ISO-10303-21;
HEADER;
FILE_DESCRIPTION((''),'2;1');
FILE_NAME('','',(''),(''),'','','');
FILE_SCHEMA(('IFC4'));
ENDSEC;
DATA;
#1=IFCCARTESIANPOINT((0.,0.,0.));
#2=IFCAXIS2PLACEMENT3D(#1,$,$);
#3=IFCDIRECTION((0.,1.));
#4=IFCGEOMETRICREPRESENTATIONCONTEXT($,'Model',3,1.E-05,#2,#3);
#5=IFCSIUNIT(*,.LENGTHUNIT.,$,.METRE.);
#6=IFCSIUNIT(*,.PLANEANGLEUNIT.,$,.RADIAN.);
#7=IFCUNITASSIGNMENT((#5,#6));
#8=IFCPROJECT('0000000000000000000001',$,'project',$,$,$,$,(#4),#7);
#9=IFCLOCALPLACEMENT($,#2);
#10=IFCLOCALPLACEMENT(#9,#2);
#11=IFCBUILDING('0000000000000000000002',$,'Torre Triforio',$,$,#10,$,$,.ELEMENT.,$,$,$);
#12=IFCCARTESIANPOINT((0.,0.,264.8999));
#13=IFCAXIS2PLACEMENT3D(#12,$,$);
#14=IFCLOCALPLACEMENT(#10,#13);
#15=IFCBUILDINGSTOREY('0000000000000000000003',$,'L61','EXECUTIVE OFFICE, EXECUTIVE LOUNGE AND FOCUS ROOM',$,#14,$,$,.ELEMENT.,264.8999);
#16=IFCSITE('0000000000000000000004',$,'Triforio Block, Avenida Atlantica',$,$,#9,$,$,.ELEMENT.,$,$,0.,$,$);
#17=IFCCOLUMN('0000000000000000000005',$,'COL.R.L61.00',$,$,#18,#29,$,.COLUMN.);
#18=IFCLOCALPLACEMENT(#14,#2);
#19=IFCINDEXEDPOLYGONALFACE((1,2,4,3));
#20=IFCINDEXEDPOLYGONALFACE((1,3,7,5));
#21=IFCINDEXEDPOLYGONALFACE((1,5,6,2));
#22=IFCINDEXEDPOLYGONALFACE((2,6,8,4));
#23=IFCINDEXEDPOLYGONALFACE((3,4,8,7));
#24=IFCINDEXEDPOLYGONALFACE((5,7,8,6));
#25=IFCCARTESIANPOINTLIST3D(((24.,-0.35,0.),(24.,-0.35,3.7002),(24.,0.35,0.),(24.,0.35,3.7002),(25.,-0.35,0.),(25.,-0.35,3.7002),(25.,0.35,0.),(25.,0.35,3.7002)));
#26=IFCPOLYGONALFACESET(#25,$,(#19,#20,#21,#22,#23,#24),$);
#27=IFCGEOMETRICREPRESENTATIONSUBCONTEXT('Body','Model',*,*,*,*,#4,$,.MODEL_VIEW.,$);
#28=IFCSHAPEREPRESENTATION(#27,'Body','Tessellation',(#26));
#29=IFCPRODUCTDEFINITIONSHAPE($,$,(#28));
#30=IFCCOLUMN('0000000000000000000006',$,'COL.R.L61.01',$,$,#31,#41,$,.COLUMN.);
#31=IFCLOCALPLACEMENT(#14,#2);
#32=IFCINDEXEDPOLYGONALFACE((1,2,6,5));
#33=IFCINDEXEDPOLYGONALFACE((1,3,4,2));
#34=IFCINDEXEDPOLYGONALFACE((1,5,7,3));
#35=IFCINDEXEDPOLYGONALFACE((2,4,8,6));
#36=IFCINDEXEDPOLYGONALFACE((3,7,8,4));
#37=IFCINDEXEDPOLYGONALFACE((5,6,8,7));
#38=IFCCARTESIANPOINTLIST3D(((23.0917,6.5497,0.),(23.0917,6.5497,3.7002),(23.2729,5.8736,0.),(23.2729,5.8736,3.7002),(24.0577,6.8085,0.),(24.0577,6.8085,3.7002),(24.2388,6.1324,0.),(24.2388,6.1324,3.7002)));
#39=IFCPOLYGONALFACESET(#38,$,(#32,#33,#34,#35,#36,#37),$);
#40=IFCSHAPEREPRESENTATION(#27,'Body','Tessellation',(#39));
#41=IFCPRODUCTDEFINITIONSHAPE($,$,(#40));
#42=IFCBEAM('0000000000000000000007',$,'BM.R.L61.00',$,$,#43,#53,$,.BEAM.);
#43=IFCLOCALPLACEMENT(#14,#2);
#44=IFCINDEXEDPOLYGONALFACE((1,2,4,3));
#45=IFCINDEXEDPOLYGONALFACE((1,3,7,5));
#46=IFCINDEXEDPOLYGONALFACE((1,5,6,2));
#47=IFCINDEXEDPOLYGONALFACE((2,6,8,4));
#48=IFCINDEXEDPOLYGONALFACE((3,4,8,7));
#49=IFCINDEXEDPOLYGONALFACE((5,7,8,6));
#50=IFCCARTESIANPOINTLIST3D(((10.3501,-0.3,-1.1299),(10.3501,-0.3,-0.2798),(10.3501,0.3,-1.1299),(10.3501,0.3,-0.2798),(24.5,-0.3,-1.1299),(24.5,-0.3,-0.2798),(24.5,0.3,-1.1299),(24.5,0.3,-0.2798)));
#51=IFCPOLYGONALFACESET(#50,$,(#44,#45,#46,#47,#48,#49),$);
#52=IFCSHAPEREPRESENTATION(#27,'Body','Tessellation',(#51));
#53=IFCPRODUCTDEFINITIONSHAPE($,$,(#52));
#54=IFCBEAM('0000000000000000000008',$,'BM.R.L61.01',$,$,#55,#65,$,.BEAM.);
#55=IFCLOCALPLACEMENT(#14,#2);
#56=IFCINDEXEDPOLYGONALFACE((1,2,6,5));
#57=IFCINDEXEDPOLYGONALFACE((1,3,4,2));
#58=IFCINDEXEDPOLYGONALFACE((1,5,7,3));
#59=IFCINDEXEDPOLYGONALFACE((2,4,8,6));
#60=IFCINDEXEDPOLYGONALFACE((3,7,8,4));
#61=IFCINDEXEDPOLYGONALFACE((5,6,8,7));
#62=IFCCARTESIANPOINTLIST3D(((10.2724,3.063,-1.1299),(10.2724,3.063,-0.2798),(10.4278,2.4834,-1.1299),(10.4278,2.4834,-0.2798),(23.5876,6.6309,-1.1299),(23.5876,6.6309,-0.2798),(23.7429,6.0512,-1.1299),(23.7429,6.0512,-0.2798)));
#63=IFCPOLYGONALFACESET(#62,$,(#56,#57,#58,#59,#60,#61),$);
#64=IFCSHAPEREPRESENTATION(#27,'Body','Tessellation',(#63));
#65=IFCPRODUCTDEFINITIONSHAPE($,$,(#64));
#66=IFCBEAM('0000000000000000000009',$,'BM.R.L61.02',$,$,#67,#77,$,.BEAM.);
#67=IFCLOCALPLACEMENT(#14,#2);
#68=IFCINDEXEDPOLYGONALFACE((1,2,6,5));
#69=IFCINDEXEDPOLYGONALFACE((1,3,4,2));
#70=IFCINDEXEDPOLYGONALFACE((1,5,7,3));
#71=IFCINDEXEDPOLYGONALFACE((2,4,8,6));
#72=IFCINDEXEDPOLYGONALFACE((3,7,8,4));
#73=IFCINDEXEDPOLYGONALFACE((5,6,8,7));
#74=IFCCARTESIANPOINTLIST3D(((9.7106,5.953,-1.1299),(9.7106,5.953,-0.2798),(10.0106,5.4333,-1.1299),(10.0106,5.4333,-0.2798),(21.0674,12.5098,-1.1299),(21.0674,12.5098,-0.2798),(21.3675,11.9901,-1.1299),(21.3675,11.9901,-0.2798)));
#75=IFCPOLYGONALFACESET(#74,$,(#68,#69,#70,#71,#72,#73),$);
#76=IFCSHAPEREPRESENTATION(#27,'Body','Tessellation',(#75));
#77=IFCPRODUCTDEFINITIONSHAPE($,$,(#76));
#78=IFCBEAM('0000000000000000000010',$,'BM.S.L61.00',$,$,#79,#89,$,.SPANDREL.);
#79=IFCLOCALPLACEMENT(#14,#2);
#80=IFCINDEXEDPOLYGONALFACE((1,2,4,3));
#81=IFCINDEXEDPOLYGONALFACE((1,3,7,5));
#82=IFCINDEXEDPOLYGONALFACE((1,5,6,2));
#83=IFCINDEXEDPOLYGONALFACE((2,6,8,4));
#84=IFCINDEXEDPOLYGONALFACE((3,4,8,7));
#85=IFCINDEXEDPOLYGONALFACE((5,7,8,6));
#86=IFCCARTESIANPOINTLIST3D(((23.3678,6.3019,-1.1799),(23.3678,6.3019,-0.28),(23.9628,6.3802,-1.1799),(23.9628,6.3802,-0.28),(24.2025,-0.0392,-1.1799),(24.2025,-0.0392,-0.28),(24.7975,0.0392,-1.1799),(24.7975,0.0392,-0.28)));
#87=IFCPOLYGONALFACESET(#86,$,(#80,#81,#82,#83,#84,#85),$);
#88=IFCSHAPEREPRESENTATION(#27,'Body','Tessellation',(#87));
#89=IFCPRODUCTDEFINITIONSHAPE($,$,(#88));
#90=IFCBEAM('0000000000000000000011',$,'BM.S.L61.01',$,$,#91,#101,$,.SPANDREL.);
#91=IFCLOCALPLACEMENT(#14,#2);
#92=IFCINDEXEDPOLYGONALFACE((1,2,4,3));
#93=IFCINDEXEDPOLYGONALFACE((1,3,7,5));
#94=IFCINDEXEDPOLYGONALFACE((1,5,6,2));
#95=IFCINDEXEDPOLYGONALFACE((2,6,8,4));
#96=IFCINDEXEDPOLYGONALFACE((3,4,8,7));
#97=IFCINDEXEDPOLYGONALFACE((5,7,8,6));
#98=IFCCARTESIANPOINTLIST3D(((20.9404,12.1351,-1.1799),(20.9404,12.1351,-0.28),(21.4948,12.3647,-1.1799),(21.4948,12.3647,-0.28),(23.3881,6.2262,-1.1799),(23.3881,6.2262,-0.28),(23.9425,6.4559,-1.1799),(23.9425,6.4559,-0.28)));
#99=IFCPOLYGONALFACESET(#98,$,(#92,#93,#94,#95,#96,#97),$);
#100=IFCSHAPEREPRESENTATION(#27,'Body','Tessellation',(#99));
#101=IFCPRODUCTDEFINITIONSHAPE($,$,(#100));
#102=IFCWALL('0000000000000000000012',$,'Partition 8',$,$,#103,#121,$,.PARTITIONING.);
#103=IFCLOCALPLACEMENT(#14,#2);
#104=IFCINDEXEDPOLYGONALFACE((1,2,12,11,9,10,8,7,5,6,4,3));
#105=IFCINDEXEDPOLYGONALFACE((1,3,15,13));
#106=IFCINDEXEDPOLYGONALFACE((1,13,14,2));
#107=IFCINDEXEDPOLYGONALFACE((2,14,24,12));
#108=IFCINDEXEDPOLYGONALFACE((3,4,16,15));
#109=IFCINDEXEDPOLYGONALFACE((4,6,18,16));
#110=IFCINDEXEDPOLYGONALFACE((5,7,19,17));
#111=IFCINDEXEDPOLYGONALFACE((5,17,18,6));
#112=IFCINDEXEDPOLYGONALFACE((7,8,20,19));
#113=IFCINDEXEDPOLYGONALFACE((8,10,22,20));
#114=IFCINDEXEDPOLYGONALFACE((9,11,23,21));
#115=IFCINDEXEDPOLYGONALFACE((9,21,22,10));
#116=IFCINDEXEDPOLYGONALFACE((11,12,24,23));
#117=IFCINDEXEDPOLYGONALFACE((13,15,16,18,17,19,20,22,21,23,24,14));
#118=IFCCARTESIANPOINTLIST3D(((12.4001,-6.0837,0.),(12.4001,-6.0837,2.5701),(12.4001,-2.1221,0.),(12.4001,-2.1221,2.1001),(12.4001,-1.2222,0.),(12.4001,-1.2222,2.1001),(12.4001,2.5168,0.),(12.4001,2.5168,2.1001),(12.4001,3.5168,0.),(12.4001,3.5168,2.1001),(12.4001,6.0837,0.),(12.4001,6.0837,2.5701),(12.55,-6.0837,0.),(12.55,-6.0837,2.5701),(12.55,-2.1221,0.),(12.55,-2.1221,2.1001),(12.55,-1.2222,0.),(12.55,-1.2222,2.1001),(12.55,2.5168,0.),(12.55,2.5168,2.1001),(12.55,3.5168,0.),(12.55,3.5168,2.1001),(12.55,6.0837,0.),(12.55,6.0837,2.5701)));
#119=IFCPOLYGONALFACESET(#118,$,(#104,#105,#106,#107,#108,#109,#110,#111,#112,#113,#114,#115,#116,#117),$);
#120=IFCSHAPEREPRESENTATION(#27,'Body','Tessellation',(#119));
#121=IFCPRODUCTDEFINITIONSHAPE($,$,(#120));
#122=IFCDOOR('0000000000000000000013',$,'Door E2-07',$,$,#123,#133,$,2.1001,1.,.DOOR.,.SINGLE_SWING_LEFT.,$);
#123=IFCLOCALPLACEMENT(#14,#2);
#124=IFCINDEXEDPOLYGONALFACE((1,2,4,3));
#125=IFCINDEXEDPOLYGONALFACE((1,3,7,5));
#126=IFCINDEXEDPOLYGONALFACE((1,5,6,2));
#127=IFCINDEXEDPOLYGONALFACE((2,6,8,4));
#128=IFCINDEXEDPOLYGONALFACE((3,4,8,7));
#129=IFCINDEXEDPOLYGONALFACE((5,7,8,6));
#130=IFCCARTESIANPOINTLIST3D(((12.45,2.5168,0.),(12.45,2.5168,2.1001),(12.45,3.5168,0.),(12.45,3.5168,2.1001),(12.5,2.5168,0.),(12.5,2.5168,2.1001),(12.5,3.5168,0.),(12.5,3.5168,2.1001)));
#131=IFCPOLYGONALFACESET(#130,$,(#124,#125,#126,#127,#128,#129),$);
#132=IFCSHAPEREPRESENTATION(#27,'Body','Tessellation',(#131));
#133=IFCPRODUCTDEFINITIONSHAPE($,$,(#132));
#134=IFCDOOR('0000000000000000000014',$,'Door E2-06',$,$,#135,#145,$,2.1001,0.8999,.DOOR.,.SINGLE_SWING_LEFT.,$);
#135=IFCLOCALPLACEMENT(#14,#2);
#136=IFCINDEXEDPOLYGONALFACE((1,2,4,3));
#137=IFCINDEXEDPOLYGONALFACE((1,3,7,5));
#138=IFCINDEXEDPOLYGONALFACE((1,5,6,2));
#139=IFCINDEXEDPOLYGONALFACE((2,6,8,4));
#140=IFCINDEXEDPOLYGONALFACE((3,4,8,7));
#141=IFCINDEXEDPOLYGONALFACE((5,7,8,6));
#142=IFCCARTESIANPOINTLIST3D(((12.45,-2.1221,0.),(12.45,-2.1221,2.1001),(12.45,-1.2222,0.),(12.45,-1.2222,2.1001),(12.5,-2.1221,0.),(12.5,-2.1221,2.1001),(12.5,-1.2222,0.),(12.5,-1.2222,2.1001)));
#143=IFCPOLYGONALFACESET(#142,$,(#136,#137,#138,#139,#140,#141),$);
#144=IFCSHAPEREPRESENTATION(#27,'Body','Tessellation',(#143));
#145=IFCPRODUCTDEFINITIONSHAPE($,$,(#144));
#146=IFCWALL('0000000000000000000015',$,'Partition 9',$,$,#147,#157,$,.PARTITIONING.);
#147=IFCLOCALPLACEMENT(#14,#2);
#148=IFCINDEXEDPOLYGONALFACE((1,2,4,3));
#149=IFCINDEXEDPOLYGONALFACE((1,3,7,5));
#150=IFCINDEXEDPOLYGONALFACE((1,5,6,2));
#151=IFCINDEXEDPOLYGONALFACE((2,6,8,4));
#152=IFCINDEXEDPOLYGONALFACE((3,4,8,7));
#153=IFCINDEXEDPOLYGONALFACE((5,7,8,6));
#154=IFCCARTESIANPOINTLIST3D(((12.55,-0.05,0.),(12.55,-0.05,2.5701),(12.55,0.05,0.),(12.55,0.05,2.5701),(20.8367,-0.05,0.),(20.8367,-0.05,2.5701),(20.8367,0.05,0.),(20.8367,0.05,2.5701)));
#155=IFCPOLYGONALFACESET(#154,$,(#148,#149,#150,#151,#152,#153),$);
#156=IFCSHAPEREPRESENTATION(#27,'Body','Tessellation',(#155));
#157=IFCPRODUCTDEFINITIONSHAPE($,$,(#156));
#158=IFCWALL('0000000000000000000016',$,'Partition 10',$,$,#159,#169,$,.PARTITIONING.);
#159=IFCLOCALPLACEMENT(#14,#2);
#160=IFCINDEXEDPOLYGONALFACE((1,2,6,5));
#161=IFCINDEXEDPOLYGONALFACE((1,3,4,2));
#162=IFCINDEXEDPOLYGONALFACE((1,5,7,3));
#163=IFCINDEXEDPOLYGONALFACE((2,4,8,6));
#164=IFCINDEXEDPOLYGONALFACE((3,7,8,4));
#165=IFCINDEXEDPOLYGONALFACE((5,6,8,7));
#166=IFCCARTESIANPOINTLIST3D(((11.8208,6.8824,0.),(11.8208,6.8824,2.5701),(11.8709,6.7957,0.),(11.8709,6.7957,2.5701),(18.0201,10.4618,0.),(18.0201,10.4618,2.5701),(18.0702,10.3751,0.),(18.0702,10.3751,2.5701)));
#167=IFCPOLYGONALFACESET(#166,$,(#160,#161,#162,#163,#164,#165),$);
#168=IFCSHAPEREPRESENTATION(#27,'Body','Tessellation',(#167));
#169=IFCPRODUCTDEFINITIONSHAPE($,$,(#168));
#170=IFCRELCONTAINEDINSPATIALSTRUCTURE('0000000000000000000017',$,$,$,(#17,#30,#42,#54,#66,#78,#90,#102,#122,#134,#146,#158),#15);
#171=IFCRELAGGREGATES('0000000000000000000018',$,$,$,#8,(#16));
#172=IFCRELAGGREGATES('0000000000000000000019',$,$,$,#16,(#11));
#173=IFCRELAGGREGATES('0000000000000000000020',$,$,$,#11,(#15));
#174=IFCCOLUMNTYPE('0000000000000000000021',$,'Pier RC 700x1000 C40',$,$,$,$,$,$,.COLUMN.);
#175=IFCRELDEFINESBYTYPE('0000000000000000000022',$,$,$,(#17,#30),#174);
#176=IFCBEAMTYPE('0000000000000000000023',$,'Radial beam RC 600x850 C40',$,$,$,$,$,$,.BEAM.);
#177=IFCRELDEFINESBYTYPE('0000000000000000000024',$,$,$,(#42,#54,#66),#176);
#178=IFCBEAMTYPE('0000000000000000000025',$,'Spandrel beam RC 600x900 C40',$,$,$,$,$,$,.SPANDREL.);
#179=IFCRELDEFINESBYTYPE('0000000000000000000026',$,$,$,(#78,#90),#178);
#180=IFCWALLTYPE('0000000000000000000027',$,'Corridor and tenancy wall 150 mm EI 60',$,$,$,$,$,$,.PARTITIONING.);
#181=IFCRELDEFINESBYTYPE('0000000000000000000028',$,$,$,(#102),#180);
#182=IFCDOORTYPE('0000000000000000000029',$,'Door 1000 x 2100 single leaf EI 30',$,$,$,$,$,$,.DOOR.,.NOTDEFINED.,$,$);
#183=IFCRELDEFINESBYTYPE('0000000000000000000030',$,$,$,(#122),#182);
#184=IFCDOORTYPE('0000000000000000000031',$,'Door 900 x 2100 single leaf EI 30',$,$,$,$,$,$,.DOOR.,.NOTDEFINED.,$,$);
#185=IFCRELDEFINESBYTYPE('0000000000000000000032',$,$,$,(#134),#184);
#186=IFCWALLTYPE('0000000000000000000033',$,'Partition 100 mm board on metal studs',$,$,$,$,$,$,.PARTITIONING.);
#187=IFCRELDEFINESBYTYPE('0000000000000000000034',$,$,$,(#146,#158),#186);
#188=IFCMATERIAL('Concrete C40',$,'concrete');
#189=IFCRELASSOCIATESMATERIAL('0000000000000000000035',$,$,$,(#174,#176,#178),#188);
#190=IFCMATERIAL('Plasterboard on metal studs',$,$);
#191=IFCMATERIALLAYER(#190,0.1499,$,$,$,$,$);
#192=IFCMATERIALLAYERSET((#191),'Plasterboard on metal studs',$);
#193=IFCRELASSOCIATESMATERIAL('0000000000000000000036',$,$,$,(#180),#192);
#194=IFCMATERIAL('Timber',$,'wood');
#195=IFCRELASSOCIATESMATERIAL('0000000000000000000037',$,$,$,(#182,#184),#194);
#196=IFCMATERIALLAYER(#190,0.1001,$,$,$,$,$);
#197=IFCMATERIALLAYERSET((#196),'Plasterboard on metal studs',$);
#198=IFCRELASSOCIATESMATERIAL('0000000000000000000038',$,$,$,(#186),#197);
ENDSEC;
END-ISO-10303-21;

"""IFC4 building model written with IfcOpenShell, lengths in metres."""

from ifc_helpers import new_model, si_unit, direction, frame, frame_2d, origin, origin_2d, place, context, subcontext, project, spatial, rectangle, extrude, material, layer, layer_set, material_profile, profile_set, type_object, element, fill, save


model = new_model("IFC4")

# Units and contexts
model_context = context("Model", 3, precision=1e-05, world=origin(), true_north=direction((0.0, 1.0)))
body_context = subcontext(model_context, "Body", "Model", "MODEL_VIEW")
ifc_project = project(units=[si_unit("LENGTHUNIT", "METRE"), si_unit("PLANEANGLEUNIT", "RADIAN")], contexts=[model_context])

# Site, building, storey
site_placement = place(None, origin())
site = spatial("IfcSite", under=ifc_project, at=site_placement, Name="Triforio Block, Avenida Atlantica", CompositionType="ELEMENT", RefElevation=0.0)
building_placement = place(site_placement, origin())
building = spatial("IfcBuilding", under=site, at=building_placement, Name="Torre Triforio", CompositionType="ELEMENT")
storey_placement = place(building_placement, frame((0.0, 0.0, 264.8999)))
storey = spatial("IfcBuildingStorey", under=building, at=storey_placement, Name="L61", Description="EXECUTIVE OFFICE, EXECUTIVE LOUNGE AND FOCUS ROOM", CompositionType="ELEMENT", Elevation=264.8999)

# Columns
ifc_material_1 = material(Name="Concrete C40", Category="concrete")
ifc_material_profile_1 = material_profile(ifc_material_1, rectangle(XDim=0.7, YDim=1.0, at=origin_2d()), Name="RC 700x1000")
ifc_profile_set_1 = profile_set([ifc_material_profile_1], Name="Concrete C40")
column_type = type_object("IfcColumnType", Name="Pier RC 700x1000 C40", PredefinedType="COLUMN", material=ifc_profile_set_1)
for number, where, z_axis, x_axis, name in (
    (1, (24.5, 0.0, 0.0), (0.0, 0.0, 1.0), (0.0, 1.0, 0.0), "COL.R.L61.00"),
    (2, (23.6653, 6.3411, 0.0), (0.0, 0.0, 1.0), (-0.258819, 0.965926, 0.0), "COL.R.L61.01"),
):
    element("IfcColumn", number, at=place(storey_placement, frame(where, z_axis=z_axis, x_axis=x_axis)), inside=storey, type_object=column_type, Name=name, PredefinedType="COLUMN", context=body_context, shape_type="SweptSolid", body=[
        extrude(rectangle(XDim=0.7, YDim=1.0, at=origin_2d()), origin(), (0.0, 0.0, 1.0), 3.7002),
    ])

# Beams
ifc_material_profile_2 = material_profile(ifc_material_1, rectangle(XDim=0.6001, YDim=0.8501, at=origin_2d()), Name="RC 600x850")
ifc_profile_set_2 = profile_set([ifc_material_profile_2], Name="Concrete C40")
beam_type_1 = type_object("IfcBeamType", Name="Radial beam RC 600x850 C40", PredefinedType="BEAM", material=ifc_profile_set_2)
beam_1_placement = place(storey_placement, frame((10.3501, 0.0, -0.7048), z_axis=(1.0, 0.0, 0.0), x_axis=(0.0, 1.0, 0.0)))
element("IfcBeam", 3, at=beam_1_placement, inside=storey, type_object=beam_type_1, Name="BM.R.L61.00", PredefinedType="BEAM", context=body_context, shape_type="SweptSolid", body=[
    extrude(rectangle(XDim=0.6001, YDim=0.8501, at=origin_2d()), origin(), (0.0, 0.0, 1.0), 14.1499),
])
beam_2_placement = place(storey_placement, frame((10.3501, 2.7732, -0.7048), z_axis=(0.965924, 0.258824, 0.0), x_axis=(-0.258824, 0.965924, 0.0)))
element("IfcBeam", 4, at=beam_2_placement, inside=storey, type_object=beam_type_1, Name="BM.R.L61.01", PredefinedType="BEAM", context=body_context, shape_type="SweptSolid", body=[
    extrude(rectangle(XDim=0.6001, YDim=0.8501, at=origin_2d()), origin(), (0.0, 0.0, 1.0), 13.7849),
])
beam_3_placement = place(storey_placement, frame((9.8606, 5.6931, -0.7048), z_axis=(0.866027, 0.499997, 0.0), x_axis=(-0.499997, 0.866027, 0.0)))
element("IfcBeam", 5, at=beam_3_placement, inside=storey, type_object=beam_type_1, Name="BM.R.L61.02", PredefinedType="BEAM", context=body_context, shape_type="SweptSolid", body=[
    extrude(rectangle(XDim=0.6001, YDim=0.8501, at=origin_2d()), origin(), (0.0, 0.0, 1.0), 13.1138),
])
ifc_material_profile_3 = material_profile(ifc_material_1, rectangle(XDim=0.6001, YDim=0.8999, at=origin_2d()), Name="RC 600x900")
ifc_profile_set_3 = profile_set([ifc_material_profile_3], Name="Concrete C40")
beam_type_2 = type_object("IfcBeamType", Name="Spandrel beam RC 600x900 C40", PredefinedType="SPANDREL", material=ifc_profile_set_3)
for number, where, z_axis, x_axis, name in (
    (6, (24.5, 0.0, -0.73), (-0.130511, 0.991447, 0.0), (-0.991447, -0.130511, 0.0), "BM.S.L61.00"),
    (7, (23.6653, 6.3411, -0.73), (-0.382709, 0.923869, 0.0), (-0.923869, -0.382709, 0.0), "BM.S.L61.01"),
):
    element("IfcBeam", number, at=place(storey_placement, frame(where, z_axis=z_axis, x_axis=x_axis)), inside=storey, type_object=beam_type_2, Name=name, PredefinedType="SPANDREL", context=body_context, shape_type="SweptSolid", body=[
        extrude(rectangle(XDim=0.6001, YDim=0.8999, at=origin_2d()), origin(), (0.0, 0.0, 1.0), 6.3958),
    ])

# Wall, openings, doors
ifc_material_2 = material(Name="Plasterboard on metal studs")
ifc_layer_1 = layer(ifc_material_2, 0.1499)
ifc_layer_set_1 = layer_set([ifc_layer_1], Name="Plasterboard on metal studs")
wall_type_1 = type_object("IfcWallType", Name="Corridor and tenancy wall 150 mm EI 60", PredefinedType="PARTITIONING", material=ifc_layer_set_1)
wall_1_placement = place(storey_placement, frame((12.4751, 6.0837, 0.0), z_axis=(0.0, 0.0, 1.0), x_axis=(0.0, -1.0, 0.0)))
wall_1 = element("IfcWall", 8, at=wall_1_placement, inside=storey, type_object=wall_type_1, Name="Partition 8", PredefinedType="PARTITIONING", context=body_context, shape_type="SweptSolid", body=[
    extrude(rectangle(XDim=12.1675, YDim=0.1499, at=frame_2d((6.0837, 0.0))), origin(), (0.0, 0.0, 1.0), 2.5701),
])
opening_1_placement = place(wall_1_placement, frame((7.3059, 0.0, 0.0)))
opening_1 = element("IfcOpeningElement", 9, at=opening_1_placement, cuts=wall_1, PredefinedType="OPENING", context=body_context, shape_type="SweptSolid", body=[
    extrude(rectangle(XDim=0.8999, YDim=2.1001, at=frame_2d((0.45, 1.05))), frame((0.0, 0.085, 0.0), z_axis=(0.0, -1.0, 0.0), x_axis=(1.0, 0.0, 0.0)), (0.0, 0.0, 1.0), 0.1699),
])
opening_2_placement = place(wall_1_placement, frame((2.5669, 0.0, 0.0)))
opening_2 = element("IfcOpeningElement", 10, at=opening_2_placement, cuts=wall_1, PredefinedType="OPENING", context=body_context, shape_type="SweptSolid", body=[
    extrude(rectangle(XDim=1.0, YDim=2.1001, at=frame_2d((0.5, 1.05))), frame((0.0, 0.085, 0.0), z_axis=(0.0, -1.0, 0.0), x_axis=(1.0, 0.0, 0.0)), (0.0, 0.0, 1.0), 0.1699),
])
ifc_material_3 = material(Name="Timber", Category="wood")
door_type_1 = type_object("IfcDoorType", Name="Door 1000 x 2100 single leaf EI 30", OperationType="NOTDEFINED", PredefinedType="DOOR", material=ifc_material_3)
door_1_placement = place(opening_2_placement, origin())
door_1 = element("IfcDoor", 11, at=door_1_placement, inside=storey, type_object=door_type_1, Name="Door E2-07", OperationType="SINGLE_SWING_LEFT", OverallHeight=2.1001, OverallWidth=1.0, PredefinedType="DOOR", context=body_context, shape_type="SweptSolid", body=[
    extrude(rectangle(XDim=1.0, YDim=2.1001, at=frame_2d((0.5, 1.05))), frame((0.0, 0.0249, 0.0), z_axis=(0.0, -1.0, 0.0), x_axis=(1.0, 0.0, 0.0)), (0.0, 0.0, 1.0), 0.05),
])
fill(opening_2, door_1)
door_type_2 = type_object("IfcDoorType", Name="Door 900 x 2100 single leaf EI 30", OperationType="NOTDEFINED", PredefinedType="DOOR", material=ifc_material_3)
door_2_placement = place(opening_1_placement, origin())
door_2 = element("IfcDoor", 12, at=door_2_placement, inside=storey, type_object=door_type_2, Name="Door E2-06", OperationType="SINGLE_SWING_LEFT", OverallHeight=2.1001, OverallWidth=0.8999, PredefinedType="DOOR", context=body_context, shape_type="SweptSolid", body=[
    extrude(rectangle(XDim=0.8999, YDim=2.1001, at=frame_2d((0.45, 1.05))), frame((0.0, 0.0249, 0.0), z_axis=(0.0, -1.0, 0.0), x_axis=(1.0, 0.0, 0.0)), (0.0, 0.0, 1.0), 0.05),
])
fill(opening_1, door_2)

# Walls
ifc_layer_2 = layer(ifc_material_2, 0.1001)
ifc_layer_set_2 = layer_set([ifc_layer_2], Name="Plasterboard on metal studs")
wall_type_2 = type_object("IfcWallType", Name="Partition 100 mm board on metal studs", PredefinedType="PARTITIONING", material=ifc_layer_set_2)
wall_2_placement = place(storey_placement, frame((12.55, 0.0, 0.0), z_axis=(0.0, 0.0, 1.0), x_axis=(1.0, 0.0, 0.0)))
element("IfcWall", 13, at=wall_2_placement, inside=storey, type_object=wall_type_2, Name="Partition 9", PredefinedType="PARTITIONING", context=body_context, shape_type="SweptSolid", body=[
    extrude(rectangle(XDim=8.2866, YDim=0.1001, at=frame_2d((4.1433, 0.0))), origin(), (0.0, 0.0, 1.0), 2.5701),
])
wall_3_placement = place(storey_placement, frame((11.8459, 6.8391, 0.0), z_axis=(0.0, 0.0, 1.0), x_axis=(0.866012, 0.500024, 0.0)))
element("IfcWall", 14, at=wall_3_placement, inside=storey, type_object=wall_type_2, Name="Partition 10", PredefinedType="PARTITIONING", context=body_context, shape_type="SweptSolid", body=[
    extrude(rectangle(XDim=7.1584, YDim=0.1001, at=frame_2d((3.5791, 0.0))), origin(), (0.0, 0.0, 1.0), 2.5701),
])

save(model, "model.ifc")
